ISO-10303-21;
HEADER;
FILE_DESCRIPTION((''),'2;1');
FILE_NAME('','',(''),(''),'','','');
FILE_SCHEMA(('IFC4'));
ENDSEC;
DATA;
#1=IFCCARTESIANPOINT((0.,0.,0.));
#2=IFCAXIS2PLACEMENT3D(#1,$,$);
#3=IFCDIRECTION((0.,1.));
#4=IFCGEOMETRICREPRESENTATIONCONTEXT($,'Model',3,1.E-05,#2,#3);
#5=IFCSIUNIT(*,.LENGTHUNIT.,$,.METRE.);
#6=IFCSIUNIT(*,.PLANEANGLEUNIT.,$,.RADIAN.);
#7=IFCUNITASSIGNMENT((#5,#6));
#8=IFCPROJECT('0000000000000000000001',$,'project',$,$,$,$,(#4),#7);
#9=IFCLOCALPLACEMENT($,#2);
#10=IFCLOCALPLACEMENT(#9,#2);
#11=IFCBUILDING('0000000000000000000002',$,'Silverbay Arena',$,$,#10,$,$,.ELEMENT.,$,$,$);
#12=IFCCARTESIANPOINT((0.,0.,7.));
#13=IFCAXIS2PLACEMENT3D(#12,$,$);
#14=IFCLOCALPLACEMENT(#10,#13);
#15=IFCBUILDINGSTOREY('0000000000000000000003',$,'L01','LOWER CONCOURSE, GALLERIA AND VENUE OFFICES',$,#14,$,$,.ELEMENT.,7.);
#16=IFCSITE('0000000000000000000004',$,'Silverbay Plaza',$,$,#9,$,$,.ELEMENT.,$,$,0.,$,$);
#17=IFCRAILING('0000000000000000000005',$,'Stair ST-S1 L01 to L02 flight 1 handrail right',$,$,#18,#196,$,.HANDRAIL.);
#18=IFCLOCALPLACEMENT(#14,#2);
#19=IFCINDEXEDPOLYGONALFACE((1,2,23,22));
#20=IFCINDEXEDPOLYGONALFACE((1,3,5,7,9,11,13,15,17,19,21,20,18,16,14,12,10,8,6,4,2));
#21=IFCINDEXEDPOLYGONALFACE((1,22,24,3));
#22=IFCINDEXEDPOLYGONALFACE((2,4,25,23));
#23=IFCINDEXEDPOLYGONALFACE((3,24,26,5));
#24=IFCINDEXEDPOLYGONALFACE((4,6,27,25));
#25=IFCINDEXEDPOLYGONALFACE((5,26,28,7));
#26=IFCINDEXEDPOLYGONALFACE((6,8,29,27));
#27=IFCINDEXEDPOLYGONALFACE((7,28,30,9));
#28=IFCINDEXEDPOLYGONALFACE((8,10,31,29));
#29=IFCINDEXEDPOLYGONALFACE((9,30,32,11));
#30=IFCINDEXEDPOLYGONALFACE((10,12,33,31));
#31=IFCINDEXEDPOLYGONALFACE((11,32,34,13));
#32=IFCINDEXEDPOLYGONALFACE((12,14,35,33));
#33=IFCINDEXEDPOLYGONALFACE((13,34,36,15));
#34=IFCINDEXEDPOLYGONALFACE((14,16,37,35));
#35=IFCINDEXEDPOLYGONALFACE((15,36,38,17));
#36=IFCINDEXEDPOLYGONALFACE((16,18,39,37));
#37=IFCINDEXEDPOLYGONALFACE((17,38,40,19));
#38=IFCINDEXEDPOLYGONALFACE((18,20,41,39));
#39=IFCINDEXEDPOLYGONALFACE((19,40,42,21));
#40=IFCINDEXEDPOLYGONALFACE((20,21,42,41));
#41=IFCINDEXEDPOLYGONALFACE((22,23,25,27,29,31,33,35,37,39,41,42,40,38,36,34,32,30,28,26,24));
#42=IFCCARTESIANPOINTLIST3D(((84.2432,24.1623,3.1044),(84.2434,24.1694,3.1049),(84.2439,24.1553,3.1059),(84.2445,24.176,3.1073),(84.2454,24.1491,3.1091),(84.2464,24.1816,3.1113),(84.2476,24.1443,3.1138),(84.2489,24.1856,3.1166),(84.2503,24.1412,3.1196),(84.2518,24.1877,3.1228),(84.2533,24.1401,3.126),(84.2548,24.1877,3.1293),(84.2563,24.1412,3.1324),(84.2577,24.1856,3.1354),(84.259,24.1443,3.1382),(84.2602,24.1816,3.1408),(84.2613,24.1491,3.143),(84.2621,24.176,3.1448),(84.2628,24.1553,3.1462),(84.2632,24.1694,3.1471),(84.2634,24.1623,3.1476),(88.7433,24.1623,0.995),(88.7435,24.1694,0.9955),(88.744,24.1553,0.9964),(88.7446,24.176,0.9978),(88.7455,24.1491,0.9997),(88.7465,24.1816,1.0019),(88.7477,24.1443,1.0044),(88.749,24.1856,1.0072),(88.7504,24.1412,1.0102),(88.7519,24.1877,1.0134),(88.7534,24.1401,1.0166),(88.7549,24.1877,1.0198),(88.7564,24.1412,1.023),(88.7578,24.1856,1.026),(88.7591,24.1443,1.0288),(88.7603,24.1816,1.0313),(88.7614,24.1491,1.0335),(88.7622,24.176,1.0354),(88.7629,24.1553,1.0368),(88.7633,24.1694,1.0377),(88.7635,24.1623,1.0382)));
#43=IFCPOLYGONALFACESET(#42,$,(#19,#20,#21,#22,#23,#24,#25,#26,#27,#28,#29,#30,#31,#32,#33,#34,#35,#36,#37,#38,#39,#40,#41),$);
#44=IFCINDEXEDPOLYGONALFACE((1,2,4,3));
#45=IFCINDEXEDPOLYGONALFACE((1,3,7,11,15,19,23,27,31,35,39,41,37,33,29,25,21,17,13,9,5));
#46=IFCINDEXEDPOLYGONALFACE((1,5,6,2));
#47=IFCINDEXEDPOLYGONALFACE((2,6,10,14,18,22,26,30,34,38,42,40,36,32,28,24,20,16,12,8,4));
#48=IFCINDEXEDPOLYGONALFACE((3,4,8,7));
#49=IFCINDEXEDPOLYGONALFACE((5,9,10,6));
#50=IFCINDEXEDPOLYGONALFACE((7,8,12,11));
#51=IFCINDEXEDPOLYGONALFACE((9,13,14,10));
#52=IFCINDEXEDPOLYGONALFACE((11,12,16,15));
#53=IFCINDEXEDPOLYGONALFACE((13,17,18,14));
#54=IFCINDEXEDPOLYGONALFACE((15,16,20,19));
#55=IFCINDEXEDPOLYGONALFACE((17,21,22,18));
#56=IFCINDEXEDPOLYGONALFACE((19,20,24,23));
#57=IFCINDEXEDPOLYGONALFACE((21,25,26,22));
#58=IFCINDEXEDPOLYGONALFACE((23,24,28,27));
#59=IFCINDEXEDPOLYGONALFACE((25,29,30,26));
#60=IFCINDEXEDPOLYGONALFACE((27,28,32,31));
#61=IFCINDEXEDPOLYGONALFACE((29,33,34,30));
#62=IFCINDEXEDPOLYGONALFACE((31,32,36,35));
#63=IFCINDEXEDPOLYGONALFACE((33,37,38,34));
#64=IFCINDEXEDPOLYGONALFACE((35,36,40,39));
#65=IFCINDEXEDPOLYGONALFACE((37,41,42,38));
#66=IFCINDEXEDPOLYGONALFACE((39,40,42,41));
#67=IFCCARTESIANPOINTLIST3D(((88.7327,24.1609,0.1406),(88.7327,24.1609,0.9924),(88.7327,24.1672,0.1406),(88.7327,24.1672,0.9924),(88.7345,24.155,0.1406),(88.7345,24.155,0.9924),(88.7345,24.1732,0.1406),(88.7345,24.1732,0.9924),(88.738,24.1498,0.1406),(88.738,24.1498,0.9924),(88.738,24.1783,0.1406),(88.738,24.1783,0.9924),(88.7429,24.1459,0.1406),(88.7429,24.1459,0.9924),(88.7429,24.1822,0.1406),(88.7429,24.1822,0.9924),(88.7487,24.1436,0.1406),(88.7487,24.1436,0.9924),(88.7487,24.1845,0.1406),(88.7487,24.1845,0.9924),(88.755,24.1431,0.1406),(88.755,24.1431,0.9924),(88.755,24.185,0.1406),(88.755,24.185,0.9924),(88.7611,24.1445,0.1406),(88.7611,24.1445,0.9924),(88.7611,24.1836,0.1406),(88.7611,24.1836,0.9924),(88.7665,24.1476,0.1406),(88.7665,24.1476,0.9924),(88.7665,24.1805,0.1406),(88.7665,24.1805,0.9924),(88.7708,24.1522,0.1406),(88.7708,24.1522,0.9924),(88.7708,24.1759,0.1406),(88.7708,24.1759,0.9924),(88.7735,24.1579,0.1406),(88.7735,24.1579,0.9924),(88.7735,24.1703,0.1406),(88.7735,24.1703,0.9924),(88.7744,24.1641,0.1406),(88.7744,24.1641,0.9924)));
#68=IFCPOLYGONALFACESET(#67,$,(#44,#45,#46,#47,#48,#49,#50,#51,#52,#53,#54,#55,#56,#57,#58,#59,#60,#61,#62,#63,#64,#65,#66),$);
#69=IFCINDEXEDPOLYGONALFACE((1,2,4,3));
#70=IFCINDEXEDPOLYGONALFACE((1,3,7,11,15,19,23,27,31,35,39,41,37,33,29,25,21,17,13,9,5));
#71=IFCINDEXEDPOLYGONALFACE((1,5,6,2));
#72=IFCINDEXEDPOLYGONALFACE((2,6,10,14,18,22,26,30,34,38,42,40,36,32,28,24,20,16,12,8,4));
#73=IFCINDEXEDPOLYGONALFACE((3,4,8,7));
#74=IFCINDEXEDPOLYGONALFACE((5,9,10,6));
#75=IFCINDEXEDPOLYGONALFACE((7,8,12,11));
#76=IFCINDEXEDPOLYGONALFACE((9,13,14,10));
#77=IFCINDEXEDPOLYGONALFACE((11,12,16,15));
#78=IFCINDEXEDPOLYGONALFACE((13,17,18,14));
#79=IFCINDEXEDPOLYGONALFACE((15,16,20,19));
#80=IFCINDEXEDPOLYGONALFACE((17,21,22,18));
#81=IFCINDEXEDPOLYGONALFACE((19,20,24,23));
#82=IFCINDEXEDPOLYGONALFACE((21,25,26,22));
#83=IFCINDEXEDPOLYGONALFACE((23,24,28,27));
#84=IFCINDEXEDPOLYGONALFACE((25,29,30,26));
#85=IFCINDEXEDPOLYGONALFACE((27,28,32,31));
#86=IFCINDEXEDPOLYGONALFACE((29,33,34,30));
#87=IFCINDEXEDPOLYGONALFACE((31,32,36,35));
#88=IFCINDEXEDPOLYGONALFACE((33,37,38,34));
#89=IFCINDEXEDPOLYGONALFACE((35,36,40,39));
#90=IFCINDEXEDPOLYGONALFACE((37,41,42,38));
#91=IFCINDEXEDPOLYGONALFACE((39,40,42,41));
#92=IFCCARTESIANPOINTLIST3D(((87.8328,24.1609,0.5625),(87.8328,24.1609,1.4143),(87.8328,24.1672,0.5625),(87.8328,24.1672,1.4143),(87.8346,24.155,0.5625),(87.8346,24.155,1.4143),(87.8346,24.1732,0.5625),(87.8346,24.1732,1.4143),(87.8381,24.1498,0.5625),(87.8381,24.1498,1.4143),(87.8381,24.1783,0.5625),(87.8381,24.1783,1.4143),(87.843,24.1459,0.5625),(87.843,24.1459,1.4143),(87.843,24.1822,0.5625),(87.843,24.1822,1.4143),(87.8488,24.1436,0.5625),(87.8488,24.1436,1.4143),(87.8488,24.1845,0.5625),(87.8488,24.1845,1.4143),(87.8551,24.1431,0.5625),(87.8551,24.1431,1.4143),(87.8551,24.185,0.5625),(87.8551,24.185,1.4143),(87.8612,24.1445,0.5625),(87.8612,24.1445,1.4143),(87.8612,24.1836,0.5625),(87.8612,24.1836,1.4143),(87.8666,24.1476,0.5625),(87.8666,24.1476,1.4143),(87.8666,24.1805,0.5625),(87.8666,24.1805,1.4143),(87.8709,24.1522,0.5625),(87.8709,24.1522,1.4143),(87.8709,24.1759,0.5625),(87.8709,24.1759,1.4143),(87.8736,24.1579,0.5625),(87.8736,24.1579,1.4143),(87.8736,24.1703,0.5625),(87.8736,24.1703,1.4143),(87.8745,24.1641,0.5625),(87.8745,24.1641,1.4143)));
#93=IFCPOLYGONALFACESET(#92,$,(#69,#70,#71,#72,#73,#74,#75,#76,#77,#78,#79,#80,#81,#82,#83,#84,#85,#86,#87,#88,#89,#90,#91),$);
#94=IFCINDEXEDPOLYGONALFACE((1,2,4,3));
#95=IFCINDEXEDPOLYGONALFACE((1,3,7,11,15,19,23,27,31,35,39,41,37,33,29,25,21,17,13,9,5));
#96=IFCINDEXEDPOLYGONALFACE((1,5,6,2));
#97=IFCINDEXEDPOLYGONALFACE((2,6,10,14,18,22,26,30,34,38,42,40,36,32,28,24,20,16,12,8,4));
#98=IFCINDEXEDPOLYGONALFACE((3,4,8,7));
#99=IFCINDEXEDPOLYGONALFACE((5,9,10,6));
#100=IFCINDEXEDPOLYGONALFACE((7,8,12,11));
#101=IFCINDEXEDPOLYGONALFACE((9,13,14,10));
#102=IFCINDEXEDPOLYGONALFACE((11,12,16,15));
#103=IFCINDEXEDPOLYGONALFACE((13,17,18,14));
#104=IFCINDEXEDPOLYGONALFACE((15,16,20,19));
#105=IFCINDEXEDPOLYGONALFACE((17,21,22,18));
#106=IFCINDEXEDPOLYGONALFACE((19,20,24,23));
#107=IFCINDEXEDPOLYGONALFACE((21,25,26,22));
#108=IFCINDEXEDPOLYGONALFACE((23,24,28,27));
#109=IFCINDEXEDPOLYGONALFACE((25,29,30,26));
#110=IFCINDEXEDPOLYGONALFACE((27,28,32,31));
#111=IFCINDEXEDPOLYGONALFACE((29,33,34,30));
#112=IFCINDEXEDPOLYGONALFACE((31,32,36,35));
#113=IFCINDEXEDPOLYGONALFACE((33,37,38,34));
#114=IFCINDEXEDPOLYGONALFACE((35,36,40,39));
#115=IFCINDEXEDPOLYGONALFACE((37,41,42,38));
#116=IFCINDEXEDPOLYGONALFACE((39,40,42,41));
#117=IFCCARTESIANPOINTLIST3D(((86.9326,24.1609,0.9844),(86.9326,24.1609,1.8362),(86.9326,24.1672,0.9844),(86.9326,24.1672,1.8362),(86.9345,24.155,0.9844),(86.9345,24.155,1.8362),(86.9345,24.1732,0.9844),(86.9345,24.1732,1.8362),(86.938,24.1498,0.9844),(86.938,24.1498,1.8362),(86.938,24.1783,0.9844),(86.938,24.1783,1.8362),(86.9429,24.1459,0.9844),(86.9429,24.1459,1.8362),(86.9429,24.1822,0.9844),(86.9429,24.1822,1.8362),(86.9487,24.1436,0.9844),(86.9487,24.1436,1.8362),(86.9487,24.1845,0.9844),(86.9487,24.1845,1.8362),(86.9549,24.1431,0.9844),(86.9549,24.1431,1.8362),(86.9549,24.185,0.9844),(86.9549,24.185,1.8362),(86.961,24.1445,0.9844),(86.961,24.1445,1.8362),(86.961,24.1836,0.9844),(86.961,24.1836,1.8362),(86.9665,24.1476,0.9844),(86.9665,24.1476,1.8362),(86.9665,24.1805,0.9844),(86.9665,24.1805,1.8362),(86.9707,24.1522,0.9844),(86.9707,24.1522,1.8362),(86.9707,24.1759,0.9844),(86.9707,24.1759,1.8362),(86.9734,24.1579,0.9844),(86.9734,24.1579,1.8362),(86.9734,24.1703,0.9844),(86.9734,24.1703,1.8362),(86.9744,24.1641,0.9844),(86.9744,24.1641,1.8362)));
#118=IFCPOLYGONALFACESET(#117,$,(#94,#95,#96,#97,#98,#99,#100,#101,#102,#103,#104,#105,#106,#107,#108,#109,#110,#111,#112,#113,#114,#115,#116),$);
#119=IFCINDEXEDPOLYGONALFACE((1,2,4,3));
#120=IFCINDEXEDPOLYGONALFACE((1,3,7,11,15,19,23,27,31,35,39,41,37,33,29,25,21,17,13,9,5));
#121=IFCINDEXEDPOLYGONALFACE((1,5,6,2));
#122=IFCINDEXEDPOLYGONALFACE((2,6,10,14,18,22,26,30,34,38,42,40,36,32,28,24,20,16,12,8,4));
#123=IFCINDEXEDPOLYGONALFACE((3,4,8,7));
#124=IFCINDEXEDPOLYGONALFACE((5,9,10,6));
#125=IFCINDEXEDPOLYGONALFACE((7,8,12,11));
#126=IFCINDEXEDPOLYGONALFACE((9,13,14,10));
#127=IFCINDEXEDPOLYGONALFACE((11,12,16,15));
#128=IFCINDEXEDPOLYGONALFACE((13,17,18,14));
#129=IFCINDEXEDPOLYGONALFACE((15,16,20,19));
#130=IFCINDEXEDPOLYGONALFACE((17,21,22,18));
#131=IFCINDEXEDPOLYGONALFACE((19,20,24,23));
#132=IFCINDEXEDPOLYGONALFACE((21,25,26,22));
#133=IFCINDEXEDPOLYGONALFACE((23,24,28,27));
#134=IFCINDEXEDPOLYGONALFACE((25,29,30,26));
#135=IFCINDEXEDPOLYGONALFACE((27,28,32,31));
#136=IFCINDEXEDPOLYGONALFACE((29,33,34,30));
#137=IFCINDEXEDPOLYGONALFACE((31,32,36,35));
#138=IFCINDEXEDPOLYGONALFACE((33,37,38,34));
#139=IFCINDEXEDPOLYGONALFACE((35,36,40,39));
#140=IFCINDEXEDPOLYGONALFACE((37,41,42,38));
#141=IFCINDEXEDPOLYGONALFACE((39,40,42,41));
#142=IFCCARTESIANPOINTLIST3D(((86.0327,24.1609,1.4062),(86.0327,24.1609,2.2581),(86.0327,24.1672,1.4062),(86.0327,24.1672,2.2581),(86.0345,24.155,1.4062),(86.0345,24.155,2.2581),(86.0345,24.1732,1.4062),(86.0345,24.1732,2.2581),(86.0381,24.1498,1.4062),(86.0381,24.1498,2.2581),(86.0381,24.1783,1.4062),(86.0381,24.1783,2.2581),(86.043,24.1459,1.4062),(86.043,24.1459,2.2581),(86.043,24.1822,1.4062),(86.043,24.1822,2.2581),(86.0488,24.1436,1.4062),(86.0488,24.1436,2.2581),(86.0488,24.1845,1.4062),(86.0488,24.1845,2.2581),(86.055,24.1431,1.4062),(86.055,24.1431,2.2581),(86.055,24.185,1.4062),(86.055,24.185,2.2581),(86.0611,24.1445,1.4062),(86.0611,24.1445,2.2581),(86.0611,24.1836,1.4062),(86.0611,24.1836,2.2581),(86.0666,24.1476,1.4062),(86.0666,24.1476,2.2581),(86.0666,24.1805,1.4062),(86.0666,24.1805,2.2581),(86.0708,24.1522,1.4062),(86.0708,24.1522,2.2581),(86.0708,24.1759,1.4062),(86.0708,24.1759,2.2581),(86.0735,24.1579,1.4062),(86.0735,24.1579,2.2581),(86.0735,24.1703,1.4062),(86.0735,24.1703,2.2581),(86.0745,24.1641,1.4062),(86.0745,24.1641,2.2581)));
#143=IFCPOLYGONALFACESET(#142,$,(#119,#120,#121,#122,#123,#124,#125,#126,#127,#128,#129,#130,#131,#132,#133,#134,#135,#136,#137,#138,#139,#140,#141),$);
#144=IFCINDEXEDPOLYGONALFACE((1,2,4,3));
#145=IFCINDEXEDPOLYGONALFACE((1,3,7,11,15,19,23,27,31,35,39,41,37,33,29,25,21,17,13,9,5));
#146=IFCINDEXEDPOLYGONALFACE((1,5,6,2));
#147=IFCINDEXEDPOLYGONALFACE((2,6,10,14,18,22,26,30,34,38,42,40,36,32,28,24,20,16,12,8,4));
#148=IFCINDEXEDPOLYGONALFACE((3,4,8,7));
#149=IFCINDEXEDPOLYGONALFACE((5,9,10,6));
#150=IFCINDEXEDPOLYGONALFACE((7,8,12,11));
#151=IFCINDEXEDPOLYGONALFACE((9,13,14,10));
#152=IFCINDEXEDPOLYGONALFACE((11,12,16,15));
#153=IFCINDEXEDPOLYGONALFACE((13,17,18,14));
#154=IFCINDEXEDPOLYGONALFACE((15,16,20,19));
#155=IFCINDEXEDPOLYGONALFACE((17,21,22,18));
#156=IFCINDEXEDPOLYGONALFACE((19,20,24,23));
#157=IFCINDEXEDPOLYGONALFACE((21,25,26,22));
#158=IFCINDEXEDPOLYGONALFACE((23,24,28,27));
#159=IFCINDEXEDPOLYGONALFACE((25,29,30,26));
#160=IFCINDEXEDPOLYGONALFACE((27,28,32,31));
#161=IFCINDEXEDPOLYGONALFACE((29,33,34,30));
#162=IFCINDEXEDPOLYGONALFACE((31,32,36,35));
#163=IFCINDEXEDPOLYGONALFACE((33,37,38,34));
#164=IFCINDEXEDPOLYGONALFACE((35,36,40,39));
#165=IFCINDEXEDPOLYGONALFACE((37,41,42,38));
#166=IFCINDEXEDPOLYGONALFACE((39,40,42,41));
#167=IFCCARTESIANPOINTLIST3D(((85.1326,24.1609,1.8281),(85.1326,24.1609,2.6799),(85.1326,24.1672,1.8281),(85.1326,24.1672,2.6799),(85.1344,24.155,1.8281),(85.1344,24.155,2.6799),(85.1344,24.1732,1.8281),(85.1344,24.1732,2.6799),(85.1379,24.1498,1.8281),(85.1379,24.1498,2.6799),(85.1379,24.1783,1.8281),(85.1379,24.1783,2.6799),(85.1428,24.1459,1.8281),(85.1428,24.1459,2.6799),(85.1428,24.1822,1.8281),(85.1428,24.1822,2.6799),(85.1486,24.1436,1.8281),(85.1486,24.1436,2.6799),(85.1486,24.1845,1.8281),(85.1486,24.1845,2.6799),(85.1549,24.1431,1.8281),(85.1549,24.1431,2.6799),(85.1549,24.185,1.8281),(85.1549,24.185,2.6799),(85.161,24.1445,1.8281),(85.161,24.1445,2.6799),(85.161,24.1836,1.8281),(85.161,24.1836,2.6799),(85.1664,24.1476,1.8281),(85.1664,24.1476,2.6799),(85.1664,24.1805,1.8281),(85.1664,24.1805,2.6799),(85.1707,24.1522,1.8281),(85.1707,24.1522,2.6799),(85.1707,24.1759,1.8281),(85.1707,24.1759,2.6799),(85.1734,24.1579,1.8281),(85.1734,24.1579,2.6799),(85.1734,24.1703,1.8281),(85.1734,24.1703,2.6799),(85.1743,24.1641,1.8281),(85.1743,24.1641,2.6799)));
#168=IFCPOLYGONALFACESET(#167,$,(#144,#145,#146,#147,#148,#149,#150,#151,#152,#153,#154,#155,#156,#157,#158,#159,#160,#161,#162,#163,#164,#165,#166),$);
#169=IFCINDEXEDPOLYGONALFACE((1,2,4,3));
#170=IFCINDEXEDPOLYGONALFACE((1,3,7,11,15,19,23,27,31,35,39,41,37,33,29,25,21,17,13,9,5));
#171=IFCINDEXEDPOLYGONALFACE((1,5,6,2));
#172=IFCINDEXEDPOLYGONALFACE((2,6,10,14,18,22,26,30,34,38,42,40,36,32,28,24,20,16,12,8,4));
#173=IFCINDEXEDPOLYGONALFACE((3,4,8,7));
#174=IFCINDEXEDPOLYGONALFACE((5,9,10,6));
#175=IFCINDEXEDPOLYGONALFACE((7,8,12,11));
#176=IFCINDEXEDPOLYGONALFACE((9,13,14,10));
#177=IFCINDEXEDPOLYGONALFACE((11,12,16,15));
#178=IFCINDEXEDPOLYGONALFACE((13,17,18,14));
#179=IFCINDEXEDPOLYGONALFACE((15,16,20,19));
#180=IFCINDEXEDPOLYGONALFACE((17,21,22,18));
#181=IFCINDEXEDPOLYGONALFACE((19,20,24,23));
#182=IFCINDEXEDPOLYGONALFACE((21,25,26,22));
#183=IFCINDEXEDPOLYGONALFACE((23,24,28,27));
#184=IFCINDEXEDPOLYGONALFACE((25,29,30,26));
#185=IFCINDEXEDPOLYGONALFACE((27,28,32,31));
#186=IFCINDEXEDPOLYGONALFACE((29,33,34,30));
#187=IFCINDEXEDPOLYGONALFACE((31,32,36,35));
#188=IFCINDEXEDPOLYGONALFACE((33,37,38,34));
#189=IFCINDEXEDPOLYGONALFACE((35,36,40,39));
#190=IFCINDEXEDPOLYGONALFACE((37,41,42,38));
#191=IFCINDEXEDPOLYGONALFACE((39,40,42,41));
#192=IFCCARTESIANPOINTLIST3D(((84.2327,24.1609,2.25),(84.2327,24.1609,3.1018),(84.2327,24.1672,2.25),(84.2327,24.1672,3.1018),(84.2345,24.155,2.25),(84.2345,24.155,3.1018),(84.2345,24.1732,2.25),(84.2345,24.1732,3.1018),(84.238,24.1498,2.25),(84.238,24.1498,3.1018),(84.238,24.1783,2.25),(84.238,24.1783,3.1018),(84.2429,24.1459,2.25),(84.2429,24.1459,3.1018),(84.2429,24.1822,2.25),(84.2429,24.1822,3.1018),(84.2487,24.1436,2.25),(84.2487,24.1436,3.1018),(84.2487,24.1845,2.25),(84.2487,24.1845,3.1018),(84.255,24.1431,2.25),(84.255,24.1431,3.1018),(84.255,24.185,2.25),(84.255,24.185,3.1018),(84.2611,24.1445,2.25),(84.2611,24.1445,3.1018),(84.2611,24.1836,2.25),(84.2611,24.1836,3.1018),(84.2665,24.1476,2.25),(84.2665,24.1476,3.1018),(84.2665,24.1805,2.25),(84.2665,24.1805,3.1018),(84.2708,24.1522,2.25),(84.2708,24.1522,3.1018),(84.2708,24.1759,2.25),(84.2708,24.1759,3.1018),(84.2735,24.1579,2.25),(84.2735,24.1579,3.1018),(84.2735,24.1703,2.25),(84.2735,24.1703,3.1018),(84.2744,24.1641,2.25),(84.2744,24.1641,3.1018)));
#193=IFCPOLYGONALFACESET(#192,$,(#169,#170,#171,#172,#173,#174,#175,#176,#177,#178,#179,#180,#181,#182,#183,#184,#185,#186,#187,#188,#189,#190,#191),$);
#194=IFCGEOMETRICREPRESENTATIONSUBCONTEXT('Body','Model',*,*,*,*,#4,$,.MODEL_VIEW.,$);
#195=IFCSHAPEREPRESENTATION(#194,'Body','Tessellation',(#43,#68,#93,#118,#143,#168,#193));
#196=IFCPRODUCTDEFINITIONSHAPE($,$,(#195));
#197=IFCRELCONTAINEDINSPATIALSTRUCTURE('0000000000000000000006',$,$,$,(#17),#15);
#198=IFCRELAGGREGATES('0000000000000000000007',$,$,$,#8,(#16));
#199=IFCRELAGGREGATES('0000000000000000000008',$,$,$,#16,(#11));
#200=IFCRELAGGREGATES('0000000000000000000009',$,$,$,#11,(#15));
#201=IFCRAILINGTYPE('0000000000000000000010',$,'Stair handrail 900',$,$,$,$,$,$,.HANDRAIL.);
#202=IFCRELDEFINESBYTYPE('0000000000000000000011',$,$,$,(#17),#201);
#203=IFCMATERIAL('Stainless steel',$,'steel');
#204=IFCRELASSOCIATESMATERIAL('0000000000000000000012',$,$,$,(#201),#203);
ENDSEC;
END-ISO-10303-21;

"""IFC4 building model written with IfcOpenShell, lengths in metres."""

from ifc_helpers import new_model, si_unit, direction, frame, origin, origin_2d, place, context, subcontext, project, spatial, circle, extrude, material, type_object, element, save


model = new_model("IFC4")

# Units and contexts
model_context = context("Model", 3, precision=1e-05, world=origin(), true_north=direction((0.0, 1.0)))
body_context = subcontext(model_context, "Body", "Model", "MODEL_VIEW")
ifc_project = project(units=[si_unit("LENGTHUNIT", "METRE"), si_unit("PLANEANGLEUNIT", "RADIAN")], contexts=[model_context])

# Site, building, storey
site_placement = place(None, origin())
site = spatial("IfcSite", under=ifc_project, at=site_placement, Name="Silverbay Plaza", CompositionType="ELEMENT", RefElevation=0.0)
building_placement = place(site_placement, origin())
building = spatial("IfcBuilding", under=site, at=building_placement, Name="Silverbay Arena", CompositionType="ELEMENT")
storey_placement = place(building_placement, frame((0.0, 0.0, 7.0)))
storey = spatial("IfcBuildingStorey", under=building, at=storey_placement, Name="L01", Description="LOWER CONCOURSE, GALLERIA AND VENUE OFFICES", CompositionType="ELEMENT", Elevation=7.0)

# Railing
ifc_material_1 = material(Name="Stainless steel", Category="steel")
railing_type_1 = type_object("IfcRailingType", Name="Stair handrail 900", PredefinedType="HANDRAIL", material=ifc_material_1)
for number, where, name in (
    (1, (88.7534, 24.1641, 0.1406), "Stair ST-S1 L01 to L02 flight 1 handrail right"),
):
    element("IfcRailing", number, at=place(storey_placement, frame(where)), inside=storey, type_object=railing_type_1, Name=name, PredefinedType="HANDRAIL", context=body_context, shape_type="SweptSolid", body=[
        extrude(circle(Radius=0.0239, at=origin_2d()), frame((0.0, 0.0, 0.876), z_axis=(-0.905459, 0.0, 0.424434), x_axis=(0.0, -1.0, 0.0)), (0.0, 0.0, 1.0), 4.97),
        extrude(circle(Radius=0.021, at=origin_2d()), origin(), (0.0, 0.0, 1.0), 0.8518),
        extrude(circle(Radius=0.021, at=origin_2d()), frame((-0.8999, 0.0, 0.4219)), (0.0, 0.0, 1.0), 0.8518),
        extrude(circle(Radius=0.021, at=origin_2d()), frame((-1.8, 0.0, 0.8438)), (0.0, 0.0, 1.0), 0.8518),
        extrude(circle(Radius=0.021, at=origin_2d()), frame((-2.7, 0.0, 1.2656)), (0.0, 0.0, 1.0), 0.8518),
        extrude(circle(Radius=0.021, at=origin_2d()), frame((-3.6001, 0.0, 1.6875)), (0.0, 0.0, 1.0), 0.8518),
        extrude(circle(Radius=0.021, at=origin_2d()), frame((-4.5, 0.0, 2.1094)), (0.0, 0.0, 1.0), 0.8518),
    ])

save(model, "model.ifc")
